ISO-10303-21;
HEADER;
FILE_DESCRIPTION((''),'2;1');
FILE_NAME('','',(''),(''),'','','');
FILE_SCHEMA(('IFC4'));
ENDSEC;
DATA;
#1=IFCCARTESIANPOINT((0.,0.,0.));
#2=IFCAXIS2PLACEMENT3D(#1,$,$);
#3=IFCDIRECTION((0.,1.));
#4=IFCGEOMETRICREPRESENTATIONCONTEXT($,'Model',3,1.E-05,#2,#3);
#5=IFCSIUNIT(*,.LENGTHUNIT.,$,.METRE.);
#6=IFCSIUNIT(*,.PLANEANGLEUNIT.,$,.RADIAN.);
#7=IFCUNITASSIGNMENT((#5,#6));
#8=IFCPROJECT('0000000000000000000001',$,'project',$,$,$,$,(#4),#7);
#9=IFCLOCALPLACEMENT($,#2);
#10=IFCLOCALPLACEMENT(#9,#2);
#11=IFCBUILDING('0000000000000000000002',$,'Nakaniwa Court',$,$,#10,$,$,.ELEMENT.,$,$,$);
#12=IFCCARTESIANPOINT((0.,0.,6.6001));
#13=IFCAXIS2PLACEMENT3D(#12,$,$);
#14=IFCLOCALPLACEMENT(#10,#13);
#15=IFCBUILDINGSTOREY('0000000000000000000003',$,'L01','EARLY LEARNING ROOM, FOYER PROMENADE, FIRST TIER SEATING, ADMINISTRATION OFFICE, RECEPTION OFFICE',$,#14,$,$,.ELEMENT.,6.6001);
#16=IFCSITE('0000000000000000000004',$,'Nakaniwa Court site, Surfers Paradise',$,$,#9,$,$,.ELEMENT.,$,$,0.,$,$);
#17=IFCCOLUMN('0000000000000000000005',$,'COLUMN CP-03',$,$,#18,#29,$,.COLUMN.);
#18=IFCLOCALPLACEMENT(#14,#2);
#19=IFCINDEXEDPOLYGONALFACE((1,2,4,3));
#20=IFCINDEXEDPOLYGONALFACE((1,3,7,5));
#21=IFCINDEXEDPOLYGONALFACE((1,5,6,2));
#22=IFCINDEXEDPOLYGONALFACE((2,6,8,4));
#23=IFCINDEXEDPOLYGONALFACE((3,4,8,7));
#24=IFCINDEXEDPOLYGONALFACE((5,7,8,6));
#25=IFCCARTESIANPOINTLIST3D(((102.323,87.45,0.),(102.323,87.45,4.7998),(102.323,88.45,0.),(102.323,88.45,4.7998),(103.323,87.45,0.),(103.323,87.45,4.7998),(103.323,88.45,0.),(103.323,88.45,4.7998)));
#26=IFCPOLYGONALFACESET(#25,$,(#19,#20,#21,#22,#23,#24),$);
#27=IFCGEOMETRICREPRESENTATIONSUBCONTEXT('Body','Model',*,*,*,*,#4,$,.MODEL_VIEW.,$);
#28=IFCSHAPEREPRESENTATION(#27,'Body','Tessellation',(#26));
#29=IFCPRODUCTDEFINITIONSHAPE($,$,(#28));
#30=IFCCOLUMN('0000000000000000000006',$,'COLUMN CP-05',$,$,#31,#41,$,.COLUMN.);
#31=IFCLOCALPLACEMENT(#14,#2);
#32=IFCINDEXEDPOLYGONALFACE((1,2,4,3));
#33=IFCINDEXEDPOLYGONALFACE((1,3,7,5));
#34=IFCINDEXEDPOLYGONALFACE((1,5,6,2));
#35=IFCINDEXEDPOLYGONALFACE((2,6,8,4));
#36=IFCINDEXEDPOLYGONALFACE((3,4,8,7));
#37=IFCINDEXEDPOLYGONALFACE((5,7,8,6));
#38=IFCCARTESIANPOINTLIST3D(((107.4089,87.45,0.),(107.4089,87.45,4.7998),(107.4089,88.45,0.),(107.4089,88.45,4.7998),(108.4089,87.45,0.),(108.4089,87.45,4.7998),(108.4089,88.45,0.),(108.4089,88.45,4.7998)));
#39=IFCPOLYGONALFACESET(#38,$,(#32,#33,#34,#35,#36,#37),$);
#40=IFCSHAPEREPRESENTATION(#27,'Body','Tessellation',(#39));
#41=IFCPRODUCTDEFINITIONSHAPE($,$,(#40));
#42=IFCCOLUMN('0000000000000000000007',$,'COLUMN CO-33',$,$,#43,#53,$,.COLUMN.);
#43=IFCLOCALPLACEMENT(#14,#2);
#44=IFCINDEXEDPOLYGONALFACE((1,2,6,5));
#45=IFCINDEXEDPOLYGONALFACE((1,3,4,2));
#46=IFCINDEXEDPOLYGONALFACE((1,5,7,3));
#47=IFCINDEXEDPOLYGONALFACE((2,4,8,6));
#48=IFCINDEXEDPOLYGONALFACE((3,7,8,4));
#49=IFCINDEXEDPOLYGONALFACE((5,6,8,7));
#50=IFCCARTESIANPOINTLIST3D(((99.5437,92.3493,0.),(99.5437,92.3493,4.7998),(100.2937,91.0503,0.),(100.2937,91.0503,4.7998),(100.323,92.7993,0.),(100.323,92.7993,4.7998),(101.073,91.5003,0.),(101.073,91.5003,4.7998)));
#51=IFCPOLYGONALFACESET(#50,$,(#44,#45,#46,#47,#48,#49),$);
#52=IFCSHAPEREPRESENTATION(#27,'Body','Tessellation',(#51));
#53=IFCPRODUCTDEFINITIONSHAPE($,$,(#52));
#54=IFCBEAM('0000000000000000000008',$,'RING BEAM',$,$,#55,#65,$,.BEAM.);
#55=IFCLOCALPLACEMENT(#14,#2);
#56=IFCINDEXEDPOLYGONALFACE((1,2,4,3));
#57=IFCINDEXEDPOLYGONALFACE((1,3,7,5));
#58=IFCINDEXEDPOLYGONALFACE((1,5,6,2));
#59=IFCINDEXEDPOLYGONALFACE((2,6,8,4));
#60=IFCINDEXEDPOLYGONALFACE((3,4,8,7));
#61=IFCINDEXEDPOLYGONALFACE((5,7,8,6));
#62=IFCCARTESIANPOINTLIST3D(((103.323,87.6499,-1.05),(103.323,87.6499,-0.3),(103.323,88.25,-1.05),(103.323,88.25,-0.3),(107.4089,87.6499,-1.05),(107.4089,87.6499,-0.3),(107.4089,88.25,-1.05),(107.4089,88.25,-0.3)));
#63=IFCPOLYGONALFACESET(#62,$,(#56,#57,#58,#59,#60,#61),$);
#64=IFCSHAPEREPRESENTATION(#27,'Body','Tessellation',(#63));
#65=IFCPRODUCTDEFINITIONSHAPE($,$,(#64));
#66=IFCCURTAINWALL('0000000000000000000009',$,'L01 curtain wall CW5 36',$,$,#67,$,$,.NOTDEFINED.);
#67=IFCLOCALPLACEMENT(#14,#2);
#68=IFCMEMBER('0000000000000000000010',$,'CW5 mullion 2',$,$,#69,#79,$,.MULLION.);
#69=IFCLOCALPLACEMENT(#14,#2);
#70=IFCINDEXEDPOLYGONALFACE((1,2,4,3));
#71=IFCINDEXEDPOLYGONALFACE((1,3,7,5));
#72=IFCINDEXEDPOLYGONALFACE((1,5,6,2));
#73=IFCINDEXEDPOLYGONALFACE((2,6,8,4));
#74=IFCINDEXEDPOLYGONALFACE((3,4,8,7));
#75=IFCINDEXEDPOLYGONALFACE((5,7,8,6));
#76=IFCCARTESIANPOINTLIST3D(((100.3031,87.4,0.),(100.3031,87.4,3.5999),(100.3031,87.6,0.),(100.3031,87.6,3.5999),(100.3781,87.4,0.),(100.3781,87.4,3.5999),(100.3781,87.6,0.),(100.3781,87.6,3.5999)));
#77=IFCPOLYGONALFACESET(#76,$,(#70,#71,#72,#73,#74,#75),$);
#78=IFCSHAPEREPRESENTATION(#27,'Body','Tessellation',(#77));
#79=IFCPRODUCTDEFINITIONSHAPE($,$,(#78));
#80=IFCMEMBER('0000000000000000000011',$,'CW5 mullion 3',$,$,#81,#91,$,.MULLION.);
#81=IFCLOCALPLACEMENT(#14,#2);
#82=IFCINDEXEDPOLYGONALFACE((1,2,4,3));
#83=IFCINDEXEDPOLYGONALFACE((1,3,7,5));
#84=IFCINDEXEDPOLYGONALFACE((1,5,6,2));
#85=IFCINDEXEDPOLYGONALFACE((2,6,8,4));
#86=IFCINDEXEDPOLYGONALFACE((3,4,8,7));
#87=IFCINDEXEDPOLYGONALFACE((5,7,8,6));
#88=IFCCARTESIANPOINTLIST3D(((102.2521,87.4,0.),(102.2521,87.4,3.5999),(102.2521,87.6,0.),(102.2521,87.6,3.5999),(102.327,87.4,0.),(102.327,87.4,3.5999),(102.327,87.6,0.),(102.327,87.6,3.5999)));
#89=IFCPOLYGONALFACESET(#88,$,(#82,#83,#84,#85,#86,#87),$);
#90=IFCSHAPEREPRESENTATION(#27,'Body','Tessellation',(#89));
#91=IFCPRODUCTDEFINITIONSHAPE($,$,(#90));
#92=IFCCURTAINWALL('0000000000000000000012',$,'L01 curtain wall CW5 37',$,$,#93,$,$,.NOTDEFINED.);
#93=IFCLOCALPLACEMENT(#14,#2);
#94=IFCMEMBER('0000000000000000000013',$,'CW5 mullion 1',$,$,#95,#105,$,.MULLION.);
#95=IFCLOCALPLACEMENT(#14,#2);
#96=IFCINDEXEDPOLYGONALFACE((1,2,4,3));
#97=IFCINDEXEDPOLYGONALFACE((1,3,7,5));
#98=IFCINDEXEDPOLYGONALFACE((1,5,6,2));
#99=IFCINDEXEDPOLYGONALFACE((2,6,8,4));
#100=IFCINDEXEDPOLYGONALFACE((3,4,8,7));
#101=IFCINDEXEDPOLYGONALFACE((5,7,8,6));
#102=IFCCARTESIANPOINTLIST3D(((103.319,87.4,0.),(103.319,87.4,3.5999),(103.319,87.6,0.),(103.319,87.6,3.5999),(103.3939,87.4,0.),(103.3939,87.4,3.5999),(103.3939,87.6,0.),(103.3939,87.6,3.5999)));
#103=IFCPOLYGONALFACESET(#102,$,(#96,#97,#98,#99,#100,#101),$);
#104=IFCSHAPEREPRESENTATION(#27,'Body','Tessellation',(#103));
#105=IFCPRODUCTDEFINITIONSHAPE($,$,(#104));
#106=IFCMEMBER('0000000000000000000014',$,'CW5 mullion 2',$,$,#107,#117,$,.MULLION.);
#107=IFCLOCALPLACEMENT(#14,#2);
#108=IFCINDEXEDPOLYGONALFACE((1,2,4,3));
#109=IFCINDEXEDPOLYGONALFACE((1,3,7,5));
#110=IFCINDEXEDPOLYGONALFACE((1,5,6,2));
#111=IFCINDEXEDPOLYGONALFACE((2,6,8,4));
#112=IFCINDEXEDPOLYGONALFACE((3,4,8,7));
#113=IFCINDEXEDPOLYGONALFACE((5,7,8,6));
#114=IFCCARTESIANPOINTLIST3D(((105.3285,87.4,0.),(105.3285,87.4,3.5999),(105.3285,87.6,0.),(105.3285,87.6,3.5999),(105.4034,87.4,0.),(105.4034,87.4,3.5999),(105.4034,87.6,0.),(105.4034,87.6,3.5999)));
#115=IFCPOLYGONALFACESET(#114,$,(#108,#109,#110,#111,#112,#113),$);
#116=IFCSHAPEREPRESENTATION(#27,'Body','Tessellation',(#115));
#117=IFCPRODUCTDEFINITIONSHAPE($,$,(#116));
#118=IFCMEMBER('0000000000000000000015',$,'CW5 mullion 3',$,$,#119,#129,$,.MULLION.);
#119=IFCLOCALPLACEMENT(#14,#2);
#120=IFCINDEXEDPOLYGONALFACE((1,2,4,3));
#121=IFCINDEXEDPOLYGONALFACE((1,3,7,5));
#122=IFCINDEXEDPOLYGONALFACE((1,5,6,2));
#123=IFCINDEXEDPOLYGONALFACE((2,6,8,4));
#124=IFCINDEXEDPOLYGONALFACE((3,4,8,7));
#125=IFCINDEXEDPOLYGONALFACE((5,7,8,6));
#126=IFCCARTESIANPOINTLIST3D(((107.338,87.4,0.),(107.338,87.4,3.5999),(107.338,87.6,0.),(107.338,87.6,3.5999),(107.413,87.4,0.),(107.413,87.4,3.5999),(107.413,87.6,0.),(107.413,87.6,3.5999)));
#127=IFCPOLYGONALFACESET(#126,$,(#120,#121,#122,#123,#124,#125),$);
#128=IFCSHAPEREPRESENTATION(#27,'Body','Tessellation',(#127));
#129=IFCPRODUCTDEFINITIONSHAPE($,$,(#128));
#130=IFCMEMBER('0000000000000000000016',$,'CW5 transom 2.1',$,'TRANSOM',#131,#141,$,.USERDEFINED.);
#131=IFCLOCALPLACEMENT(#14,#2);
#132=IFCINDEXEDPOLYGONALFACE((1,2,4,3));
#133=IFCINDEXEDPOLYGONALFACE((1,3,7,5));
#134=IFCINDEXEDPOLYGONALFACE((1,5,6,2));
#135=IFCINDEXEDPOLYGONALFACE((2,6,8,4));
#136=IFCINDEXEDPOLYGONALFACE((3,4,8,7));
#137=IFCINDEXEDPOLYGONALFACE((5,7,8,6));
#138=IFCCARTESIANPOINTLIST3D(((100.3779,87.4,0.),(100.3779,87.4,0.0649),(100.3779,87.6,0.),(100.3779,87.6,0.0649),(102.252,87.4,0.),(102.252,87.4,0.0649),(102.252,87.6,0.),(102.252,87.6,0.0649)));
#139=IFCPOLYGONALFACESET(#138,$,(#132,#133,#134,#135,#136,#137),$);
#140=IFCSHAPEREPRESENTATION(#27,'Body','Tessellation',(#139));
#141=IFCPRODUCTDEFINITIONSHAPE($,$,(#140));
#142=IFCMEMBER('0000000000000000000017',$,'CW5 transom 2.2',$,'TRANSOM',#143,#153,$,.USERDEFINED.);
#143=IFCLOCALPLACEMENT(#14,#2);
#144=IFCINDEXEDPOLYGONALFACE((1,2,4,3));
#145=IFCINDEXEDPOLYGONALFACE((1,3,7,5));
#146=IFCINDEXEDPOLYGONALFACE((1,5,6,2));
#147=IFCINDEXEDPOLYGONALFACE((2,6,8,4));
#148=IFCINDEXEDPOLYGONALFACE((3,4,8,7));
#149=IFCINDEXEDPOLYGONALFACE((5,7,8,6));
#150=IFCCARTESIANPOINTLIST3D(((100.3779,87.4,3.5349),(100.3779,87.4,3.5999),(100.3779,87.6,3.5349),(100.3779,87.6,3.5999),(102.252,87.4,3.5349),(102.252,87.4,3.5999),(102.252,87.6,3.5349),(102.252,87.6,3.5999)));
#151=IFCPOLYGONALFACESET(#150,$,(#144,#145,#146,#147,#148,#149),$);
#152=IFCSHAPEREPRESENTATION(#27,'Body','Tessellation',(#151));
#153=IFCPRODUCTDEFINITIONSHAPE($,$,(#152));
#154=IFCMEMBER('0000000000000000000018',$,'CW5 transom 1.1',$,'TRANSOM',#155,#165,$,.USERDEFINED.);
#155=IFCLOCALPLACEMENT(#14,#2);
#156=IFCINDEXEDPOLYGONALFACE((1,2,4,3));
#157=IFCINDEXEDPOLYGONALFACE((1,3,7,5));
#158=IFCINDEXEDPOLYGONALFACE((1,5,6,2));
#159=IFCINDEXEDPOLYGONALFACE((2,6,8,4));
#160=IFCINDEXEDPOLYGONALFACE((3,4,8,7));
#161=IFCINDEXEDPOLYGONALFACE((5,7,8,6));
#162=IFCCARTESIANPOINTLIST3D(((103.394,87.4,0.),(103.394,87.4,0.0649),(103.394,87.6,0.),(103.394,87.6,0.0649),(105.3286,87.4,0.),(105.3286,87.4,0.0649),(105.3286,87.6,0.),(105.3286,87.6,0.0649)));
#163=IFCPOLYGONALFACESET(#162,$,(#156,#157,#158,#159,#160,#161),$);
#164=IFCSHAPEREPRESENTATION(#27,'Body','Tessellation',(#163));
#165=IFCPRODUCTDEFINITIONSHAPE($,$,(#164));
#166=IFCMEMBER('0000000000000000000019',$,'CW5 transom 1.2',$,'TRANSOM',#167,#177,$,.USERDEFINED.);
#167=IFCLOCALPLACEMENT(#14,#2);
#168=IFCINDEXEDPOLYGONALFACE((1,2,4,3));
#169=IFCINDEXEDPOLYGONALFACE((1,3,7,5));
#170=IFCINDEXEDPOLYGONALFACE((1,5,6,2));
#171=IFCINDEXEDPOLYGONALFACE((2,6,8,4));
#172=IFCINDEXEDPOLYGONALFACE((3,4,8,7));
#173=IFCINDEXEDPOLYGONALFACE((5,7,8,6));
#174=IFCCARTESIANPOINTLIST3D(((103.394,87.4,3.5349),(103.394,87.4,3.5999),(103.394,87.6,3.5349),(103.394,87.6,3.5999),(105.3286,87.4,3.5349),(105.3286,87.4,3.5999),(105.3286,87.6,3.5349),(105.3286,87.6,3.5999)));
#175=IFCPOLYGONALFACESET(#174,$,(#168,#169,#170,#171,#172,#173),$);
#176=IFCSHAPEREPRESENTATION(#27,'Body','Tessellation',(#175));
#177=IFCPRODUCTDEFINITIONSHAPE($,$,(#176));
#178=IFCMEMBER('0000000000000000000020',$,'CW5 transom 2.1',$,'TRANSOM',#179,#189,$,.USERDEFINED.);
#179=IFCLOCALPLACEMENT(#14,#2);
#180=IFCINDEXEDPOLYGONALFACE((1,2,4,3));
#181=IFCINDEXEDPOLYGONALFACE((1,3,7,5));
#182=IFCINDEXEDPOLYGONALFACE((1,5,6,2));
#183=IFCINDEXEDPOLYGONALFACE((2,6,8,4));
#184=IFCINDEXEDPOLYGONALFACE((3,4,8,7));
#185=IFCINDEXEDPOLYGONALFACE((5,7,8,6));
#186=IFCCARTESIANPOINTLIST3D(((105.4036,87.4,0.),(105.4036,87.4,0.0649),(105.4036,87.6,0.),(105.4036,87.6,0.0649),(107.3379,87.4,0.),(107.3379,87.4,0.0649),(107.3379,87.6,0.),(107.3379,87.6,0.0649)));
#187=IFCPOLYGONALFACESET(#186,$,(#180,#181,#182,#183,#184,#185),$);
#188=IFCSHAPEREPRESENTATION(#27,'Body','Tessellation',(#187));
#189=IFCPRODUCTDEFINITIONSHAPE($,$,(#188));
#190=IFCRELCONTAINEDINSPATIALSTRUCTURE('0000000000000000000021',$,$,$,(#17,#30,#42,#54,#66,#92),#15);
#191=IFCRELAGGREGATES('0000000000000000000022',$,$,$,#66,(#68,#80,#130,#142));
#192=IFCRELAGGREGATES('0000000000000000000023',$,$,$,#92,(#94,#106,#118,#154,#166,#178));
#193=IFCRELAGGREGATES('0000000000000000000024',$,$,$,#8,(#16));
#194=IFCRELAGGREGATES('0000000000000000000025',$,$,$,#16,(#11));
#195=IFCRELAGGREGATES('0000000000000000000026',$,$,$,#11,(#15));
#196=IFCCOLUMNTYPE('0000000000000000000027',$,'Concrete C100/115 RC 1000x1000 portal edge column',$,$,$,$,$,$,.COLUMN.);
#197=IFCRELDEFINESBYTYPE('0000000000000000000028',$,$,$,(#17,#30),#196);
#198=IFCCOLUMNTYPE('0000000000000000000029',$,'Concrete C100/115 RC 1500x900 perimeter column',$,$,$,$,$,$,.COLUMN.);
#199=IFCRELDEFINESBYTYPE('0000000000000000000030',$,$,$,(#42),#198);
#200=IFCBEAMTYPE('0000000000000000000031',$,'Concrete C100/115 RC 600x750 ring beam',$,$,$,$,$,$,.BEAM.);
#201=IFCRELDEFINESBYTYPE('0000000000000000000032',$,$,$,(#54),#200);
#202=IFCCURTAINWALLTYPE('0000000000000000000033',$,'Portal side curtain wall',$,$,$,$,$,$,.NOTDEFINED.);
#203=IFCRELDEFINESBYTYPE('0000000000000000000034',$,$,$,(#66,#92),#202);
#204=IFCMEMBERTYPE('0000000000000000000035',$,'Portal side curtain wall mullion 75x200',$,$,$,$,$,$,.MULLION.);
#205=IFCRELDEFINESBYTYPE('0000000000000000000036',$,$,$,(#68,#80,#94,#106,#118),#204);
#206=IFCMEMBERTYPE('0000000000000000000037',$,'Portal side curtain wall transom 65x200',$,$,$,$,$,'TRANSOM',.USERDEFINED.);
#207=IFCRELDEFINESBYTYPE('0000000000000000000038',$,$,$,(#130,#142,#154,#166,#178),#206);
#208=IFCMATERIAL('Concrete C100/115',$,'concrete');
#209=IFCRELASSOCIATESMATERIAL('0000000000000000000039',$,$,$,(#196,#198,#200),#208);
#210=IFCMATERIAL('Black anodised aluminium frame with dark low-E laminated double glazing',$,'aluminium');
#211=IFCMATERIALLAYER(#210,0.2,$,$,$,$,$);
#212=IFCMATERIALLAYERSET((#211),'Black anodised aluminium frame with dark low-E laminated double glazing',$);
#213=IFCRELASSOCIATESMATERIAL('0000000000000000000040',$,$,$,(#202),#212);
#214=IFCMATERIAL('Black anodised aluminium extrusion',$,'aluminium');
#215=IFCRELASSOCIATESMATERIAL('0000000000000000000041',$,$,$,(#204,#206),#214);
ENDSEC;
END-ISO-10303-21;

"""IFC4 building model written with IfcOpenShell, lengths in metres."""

from ifc_helpers import new_model, si_unit, direction, frame, origin, origin_2d, place, context, subcontext, project, spatial, rectangle, extrude, material, layer, layer_set, material_profile, profile_set, type_object, element, aggregate, save


model = new_model("IFC4")

# Units and contexts
model_context = context("Model", 3, precision=1e-05, world=origin(), true_north=direction((0.0, 1.0)))
body_context = subcontext(model_context, "Body", "Model", "MODEL_VIEW")
ifc_project = project(units=[si_unit("LENGTHUNIT", "METRE"), si_unit("PLANEANGLEUNIT", "RADIAN")], contexts=[model_context])

# Site, building, storey
site_placement = place(None, origin())
site = spatial("IfcSite", under=ifc_project, at=site_placement, Name="Nakaniwa Court site, Surfers Paradise", CompositionType="ELEMENT", RefElevation=0.0)
building_placement = place(site_placement, origin())
building = spatial("IfcBuilding", under=site, at=building_placement, Name="Nakaniwa Court", CompositionType="ELEMENT")
storey_placement = place(building_placement, frame((0.0, 0.0, 6.6001)))
storey = spatial("IfcBuildingStorey", under=building, at=storey_placement, Name="L01", Description="EARLY LEARNING ROOM, FOYER PROMENADE, FIRST TIER SEATING, ADMINISTRATION OFFICE, RECEPTION OFFICE", CompositionType="ELEMENT", Elevation=6.6001)

# Columns
ifc_material_1 = material(Name="Concrete C100/115", Category="concrete")
ifc_material_profile_1 = material_profile(ifc_material_1, rectangle(XDim=1.0, YDim=1.0, at=origin_2d()), Name="Concrete C100/115 RC 1000x1000 portal edge column")
ifc_profile_set_1 = profile_set([ifc_material_profile_1], Name="Concrete C100/115")
column_type_1 = type_object("IfcColumnType", Name="Concrete C100/115 RC 1000x1000 portal edge column", PredefinedType="COLUMN", material=ifc_profile_set_1)
for number, where, z_axis, x_axis, name in (
    (1, (102.823, 87.95, 0.0), (0.0, 0.0, 1.0), (1.0, 0.0, 0.0), "COLUMN CP-03"),
    (2, (107.9089, 87.95, 0.0), (0.0, 0.0, 1.0), (1.0, 0.0, 0.0), "COLUMN CP-05"),
):
    element("IfcColumn", number, at=place(storey_placement, frame(where, z_axis=z_axis, x_axis=x_axis)), inside=storey, type_object=column_type_1, Name=name, PredefinedType="COLUMN", context=body_context, shape_type="SweptSolid", body=[
        extrude(rectangle(XDim=1.0, YDim=1.0, at=origin_2d()), origin(), (0.0, 0.0, 1.0), 4.7998),
    ])
ifc_material_profile_2 = material_profile(ifc_material_1, rectangle(XDim=1.5, YDim=0.8999, at=origin_2d()), Name="Concrete C100/115 RC 1500x900 perimeter column")
ifc_profile_set_2 = profile_set([ifc_material_profile_2], Name="Concrete C100/115")
column_type_2 = type_object("IfcColumnType", Name="Concrete C100/115 RC 1500x900 perimeter column", PredefinedType="COLUMN", material=ifc_profile_set_2)
column_placement = place(storey_placement, frame((100.3083, 91.9248, 0.0), z_axis=(0.0, 0.0, 1.0), x_axis=(-0.5, 0.866025, 0.0)))
element("IfcColumn", 3, at=column_placement, inside=storey, type_object=column_type_2, Name="COLUMN CO-33", PredefinedType="COLUMN", context=body_context, shape_type="SweptSolid", body=[
    extrude(rectangle(XDim=1.5, YDim=0.8999, at=origin_2d()), origin(), (0.0, 0.0, 1.0), 4.7998),
])

# Beam
ifc_material_profile_3 = material_profile(ifc_material_1, rectangle(XDim=0.6001, YDim=0.75, at=origin_2d()), Name="Concrete C100/115 RC 600x750 ring beam")
ifc_profile_set_3 = profile_set([ifc_material_profile_3], Name="Concrete C100/115")
beam_type = type_object("IfcBeamType", Name="Concrete C100/115 RC 600x750 ring beam", PredefinedType="BEAM", material=ifc_profile_set_3)
beam_placement = place(storey_placement, frame((103.323, 87.95, -0.675), z_axis=(1.0, 0.0, 0.0), x_axis=(0.0, 1.0, 0.0)))
element("IfcBeam", 4, at=beam_placement, inside=storey, type_object=beam_type, Name="RING BEAM", PredefinedType="BEAM", context=body_context, shape_type="SweptSolid", body=[
    extrude(rectangle(XDim=0.6001, YDim=0.75, at=origin_2d()), origin(), (0.0, 0.0, 1.0), 4.0859),
])

# Curtain walls, members
ifc_material_2 = material(Name="Black anodised aluminium frame with dark low-E laminated double glazing", Category="aluminium")
ifc_layer_1 = layer(ifc_material_2, 0.2)
ifc_layer_set_1 = layer_set([ifc_layer_1], Name="Black anodised aluminium frame with dark low-E laminated double glazing")
curtain_wall_type = type_object("IfcCurtainWallType", Name="Portal side curtain wall", PredefinedType="NOTDEFINED", material=ifc_layer_set_1)
curtain_wall_1_placement = place(storey_placement, origin())
curtain_wall_1 = element("IfcCurtainWall", 5, at=curtain_wall_1_placement, inside=storey, type_object=curtain_wall_type, Name="L01 curtain wall CW5 36", PredefinedType="NOTDEFINED")
ifc_material_3 = material(Name="Black anodised aluminium extrusion", Category="aluminium")
ifc_material_profile_4 = material_profile(ifc_material_3, rectangle(XDim=0.2, YDim=0.075, at=origin_2d()), Name="Portal side curtain wall mullion 75x200")
ifc_profile_set_4 = profile_set([ifc_material_profile_4], Name="Black anodised aluminium extrusion")
member_type_1 = type_object("IfcMemberType", Name="Portal side curtain wall mullion 75x200", PredefinedType="MULLION", material=ifc_profile_set_4)
member_1_placement = place(storey_placement, frame((100.3406, 87.5, 0.0), z_axis=(0.0, 0.0, 1.0), x_axis=(0.0, 1.0, 0.0)))
member_1 = element("IfcMember", 6, at=member_1_placement, type_object=member_type_1, Name="CW5 mullion 2", PredefinedType="MULLION", context=body_context, shape_type="SweptSolid", body=[
    extrude(rectangle(XDim=0.2, YDim=0.075, at=origin_2d()), origin(), (0.0, 0.0, 1.0), 3.5999),
])
member_2_placement = place(storey_placement, frame((102.2896, 87.5, 0.0), z_axis=(0.0, 0.0, 1.0), x_axis=(0.0, 1.0, 0.0)))
member_2 = element("IfcMember", 7, at=member_2_placement, type_object=member_type_1, Name="CW5 mullion 3", PredefinedType="MULLION", context=body_context, shape_type="SweptSolid", body=[
    extrude(rectangle(XDim=0.2, YDim=0.075, at=origin_2d()), origin(), (0.0, 0.0, 1.0), 3.5999),
])
curtain_wall_2_placement = place(storey_placement, origin())
curtain_wall_2 = element("IfcCurtainWall", 8, at=curtain_wall_2_placement, inside=storey, type_object=curtain_wall_type, Name="L01 curtain wall CW5 37", PredefinedType="NOTDEFINED")
member_3_placement = place(storey_placement, frame((103.3564, 87.5, 0.0), z_axis=(0.0, 0.0, 1.0), x_axis=(0.0, 1.0, 0.0)))
member_3 = element("IfcMember", 9, at=member_3_placement, type_object=member_type_1, Name="CW5 mullion 1", PredefinedType="MULLION", context=body_context, shape_type="SweptSolid", body=[
    extrude(rectangle(XDim=0.2, YDim=0.075, at=origin_2d()), origin(), (0.0, 0.0, 1.0), 3.5999),
])
member_4_placement = place(storey_placement, frame((105.366, 87.5, 0.0), z_axis=(0.0, 0.0, 1.0), x_axis=(0.0, 1.0, 0.0)))
member_4 = element("IfcMember", 10, at=member_4_placement, type_object=member_type_1, Name="CW5 mullion 2", PredefinedType="MULLION", context=body_context, shape_type="SweptSolid", body=[
    extrude(rectangle(XDim=0.2, YDim=0.075, at=origin_2d()), origin(), (0.0, 0.0, 1.0), 3.5999),
])
member_5_placement = place(storey_placement, frame((107.3755, 87.5, 0.0), z_axis=(0.0, 0.0, 1.0), x_axis=(0.0, 1.0, 0.0)))
member_5 = element("IfcMember", 11, at=member_5_placement, type_object=member_type_1, Name="CW5 mullion 3", PredefinedType="MULLION", context=body_context, shape_type="SweptSolid", body=[
    extrude(rectangle(XDim=0.2, YDim=0.075, at=origin_2d()), origin(), (0.0, 0.0, 1.0), 3.5999),
])

# Members
ifc_material_profile_5 = material_profile(ifc_material_3, rectangle(XDim=0.2, YDim=0.0649, at=origin_2d()), Name="Portal side curtain wall transom 65x200")
ifc_profile_set_5 = profile_set([ifc_material_profile_5], Name="Black anodised aluminium extrusion")
member_type_2 = type_object("IfcMemberType", Name="Portal side curtain wall transom 65x200", ElementType="TRANSOM", PredefinedType="USERDEFINED", material=ifc_profile_set_5)
member_6_placement = place(storey_placement, frame((100.3779, 87.5, 0.0325), z_axis=(1.0, 0.0, 0.0), x_axis=(0.0, 1.0, 0.0)))
member_6 = element("IfcMember", 12, at=member_6_placement, type_object=member_type_2, Name="CW5 transom 2.1", ObjectType="TRANSOM", PredefinedType="USERDEFINED", context=body_context, shape_type="SweptSolid", body=[
    extrude(rectangle(XDim=0.2, YDim=0.0649, at=origin_2d()), origin(), (0.0, 0.0, 1.0), 1.874),
])
member_7_placement = place(storey_placement, frame((100.3779, 87.5, 3.5674), z_axis=(1.0, 0.0, 0.0), x_axis=(0.0, 1.0, 0.0)))
member_7 = element("IfcMember", 13, at=member_7_placement, type_object=member_type_2, Name="CW5 transom 2.2", ObjectType="TRANSOM", PredefinedType="USERDEFINED", context=body_context, shape_type="SweptSolid", body=[
    extrude(rectangle(XDim=0.2, YDim=0.0649, at=origin_2d()), origin(), (0.0, 0.0, 1.0), 1.874),
])
member_8_placement = place(storey_placement, frame((103.394, 87.5, 0.0325), z_axis=(1.0, 0.0, 0.0), x_axis=(0.0, 1.0, 0.0)))
member_8 = element("IfcMember", 14, at=member_8_placement, type_object=member_type_2, Name="CW5 transom 1.1", ObjectType="TRANSOM", PredefinedType="USERDEFINED", context=body_context, shape_type="SweptSolid", body=[
    extrude(rectangle(XDim=0.2, YDim=0.0649, at=origin_2d()), origin(), (0.0, 0.0, 1.0), 1.9346),
])
member_9_placement = place(storey_placement, frame((103.394, 87.5, 3.5674), z_axis=(1.0, 0.0, 0.0), x_axis=(0.0, 1.0, 0.0)))
member_9 = element("IfcMember", 15, at=member_9_placement, type_object=member_type_2, Name="CW5 transom 1.2", ObjectType="TRANSOM", PredefinedType="USERDEFINED", context=body_context, shape_type="SweptSolid", body=[
    extrude(rectangle(XDim=0.2, YDim=0.0649, at=origin_2d()), origin(), (0.0, 0.0, 1.0), 1.9346),
])
member_10_placement = place(storey_placement, frame((105.4036, 87.5, 0.0325), z_axis=(1.0, 0.0, 0.0), x_axis=(0.0, 1.0, 0.0)))
member_10 = element("IfcMember", 16, at=member_10_placement, type_object=member_type_2, Name="CW5 transom 2.1", ObjectType="TRANSOM", PredefinedType="USERDEFINED", context=body_context, shape_type="SweptSolid", body=[
    extrude(rectangle(XDim=0.2, YDim=0.0649, at=origin_2d()), origin(), (0.0, 0.0, 1.0), 1.9343),
])

aggregate(curtain_wall_1, [member_1, member_2, member_6, member_7])
aggregate(curtain_wall_2, [member_3, member_4, member_5, member_8, member_9, member_10])

save(model, "model.ifc")
